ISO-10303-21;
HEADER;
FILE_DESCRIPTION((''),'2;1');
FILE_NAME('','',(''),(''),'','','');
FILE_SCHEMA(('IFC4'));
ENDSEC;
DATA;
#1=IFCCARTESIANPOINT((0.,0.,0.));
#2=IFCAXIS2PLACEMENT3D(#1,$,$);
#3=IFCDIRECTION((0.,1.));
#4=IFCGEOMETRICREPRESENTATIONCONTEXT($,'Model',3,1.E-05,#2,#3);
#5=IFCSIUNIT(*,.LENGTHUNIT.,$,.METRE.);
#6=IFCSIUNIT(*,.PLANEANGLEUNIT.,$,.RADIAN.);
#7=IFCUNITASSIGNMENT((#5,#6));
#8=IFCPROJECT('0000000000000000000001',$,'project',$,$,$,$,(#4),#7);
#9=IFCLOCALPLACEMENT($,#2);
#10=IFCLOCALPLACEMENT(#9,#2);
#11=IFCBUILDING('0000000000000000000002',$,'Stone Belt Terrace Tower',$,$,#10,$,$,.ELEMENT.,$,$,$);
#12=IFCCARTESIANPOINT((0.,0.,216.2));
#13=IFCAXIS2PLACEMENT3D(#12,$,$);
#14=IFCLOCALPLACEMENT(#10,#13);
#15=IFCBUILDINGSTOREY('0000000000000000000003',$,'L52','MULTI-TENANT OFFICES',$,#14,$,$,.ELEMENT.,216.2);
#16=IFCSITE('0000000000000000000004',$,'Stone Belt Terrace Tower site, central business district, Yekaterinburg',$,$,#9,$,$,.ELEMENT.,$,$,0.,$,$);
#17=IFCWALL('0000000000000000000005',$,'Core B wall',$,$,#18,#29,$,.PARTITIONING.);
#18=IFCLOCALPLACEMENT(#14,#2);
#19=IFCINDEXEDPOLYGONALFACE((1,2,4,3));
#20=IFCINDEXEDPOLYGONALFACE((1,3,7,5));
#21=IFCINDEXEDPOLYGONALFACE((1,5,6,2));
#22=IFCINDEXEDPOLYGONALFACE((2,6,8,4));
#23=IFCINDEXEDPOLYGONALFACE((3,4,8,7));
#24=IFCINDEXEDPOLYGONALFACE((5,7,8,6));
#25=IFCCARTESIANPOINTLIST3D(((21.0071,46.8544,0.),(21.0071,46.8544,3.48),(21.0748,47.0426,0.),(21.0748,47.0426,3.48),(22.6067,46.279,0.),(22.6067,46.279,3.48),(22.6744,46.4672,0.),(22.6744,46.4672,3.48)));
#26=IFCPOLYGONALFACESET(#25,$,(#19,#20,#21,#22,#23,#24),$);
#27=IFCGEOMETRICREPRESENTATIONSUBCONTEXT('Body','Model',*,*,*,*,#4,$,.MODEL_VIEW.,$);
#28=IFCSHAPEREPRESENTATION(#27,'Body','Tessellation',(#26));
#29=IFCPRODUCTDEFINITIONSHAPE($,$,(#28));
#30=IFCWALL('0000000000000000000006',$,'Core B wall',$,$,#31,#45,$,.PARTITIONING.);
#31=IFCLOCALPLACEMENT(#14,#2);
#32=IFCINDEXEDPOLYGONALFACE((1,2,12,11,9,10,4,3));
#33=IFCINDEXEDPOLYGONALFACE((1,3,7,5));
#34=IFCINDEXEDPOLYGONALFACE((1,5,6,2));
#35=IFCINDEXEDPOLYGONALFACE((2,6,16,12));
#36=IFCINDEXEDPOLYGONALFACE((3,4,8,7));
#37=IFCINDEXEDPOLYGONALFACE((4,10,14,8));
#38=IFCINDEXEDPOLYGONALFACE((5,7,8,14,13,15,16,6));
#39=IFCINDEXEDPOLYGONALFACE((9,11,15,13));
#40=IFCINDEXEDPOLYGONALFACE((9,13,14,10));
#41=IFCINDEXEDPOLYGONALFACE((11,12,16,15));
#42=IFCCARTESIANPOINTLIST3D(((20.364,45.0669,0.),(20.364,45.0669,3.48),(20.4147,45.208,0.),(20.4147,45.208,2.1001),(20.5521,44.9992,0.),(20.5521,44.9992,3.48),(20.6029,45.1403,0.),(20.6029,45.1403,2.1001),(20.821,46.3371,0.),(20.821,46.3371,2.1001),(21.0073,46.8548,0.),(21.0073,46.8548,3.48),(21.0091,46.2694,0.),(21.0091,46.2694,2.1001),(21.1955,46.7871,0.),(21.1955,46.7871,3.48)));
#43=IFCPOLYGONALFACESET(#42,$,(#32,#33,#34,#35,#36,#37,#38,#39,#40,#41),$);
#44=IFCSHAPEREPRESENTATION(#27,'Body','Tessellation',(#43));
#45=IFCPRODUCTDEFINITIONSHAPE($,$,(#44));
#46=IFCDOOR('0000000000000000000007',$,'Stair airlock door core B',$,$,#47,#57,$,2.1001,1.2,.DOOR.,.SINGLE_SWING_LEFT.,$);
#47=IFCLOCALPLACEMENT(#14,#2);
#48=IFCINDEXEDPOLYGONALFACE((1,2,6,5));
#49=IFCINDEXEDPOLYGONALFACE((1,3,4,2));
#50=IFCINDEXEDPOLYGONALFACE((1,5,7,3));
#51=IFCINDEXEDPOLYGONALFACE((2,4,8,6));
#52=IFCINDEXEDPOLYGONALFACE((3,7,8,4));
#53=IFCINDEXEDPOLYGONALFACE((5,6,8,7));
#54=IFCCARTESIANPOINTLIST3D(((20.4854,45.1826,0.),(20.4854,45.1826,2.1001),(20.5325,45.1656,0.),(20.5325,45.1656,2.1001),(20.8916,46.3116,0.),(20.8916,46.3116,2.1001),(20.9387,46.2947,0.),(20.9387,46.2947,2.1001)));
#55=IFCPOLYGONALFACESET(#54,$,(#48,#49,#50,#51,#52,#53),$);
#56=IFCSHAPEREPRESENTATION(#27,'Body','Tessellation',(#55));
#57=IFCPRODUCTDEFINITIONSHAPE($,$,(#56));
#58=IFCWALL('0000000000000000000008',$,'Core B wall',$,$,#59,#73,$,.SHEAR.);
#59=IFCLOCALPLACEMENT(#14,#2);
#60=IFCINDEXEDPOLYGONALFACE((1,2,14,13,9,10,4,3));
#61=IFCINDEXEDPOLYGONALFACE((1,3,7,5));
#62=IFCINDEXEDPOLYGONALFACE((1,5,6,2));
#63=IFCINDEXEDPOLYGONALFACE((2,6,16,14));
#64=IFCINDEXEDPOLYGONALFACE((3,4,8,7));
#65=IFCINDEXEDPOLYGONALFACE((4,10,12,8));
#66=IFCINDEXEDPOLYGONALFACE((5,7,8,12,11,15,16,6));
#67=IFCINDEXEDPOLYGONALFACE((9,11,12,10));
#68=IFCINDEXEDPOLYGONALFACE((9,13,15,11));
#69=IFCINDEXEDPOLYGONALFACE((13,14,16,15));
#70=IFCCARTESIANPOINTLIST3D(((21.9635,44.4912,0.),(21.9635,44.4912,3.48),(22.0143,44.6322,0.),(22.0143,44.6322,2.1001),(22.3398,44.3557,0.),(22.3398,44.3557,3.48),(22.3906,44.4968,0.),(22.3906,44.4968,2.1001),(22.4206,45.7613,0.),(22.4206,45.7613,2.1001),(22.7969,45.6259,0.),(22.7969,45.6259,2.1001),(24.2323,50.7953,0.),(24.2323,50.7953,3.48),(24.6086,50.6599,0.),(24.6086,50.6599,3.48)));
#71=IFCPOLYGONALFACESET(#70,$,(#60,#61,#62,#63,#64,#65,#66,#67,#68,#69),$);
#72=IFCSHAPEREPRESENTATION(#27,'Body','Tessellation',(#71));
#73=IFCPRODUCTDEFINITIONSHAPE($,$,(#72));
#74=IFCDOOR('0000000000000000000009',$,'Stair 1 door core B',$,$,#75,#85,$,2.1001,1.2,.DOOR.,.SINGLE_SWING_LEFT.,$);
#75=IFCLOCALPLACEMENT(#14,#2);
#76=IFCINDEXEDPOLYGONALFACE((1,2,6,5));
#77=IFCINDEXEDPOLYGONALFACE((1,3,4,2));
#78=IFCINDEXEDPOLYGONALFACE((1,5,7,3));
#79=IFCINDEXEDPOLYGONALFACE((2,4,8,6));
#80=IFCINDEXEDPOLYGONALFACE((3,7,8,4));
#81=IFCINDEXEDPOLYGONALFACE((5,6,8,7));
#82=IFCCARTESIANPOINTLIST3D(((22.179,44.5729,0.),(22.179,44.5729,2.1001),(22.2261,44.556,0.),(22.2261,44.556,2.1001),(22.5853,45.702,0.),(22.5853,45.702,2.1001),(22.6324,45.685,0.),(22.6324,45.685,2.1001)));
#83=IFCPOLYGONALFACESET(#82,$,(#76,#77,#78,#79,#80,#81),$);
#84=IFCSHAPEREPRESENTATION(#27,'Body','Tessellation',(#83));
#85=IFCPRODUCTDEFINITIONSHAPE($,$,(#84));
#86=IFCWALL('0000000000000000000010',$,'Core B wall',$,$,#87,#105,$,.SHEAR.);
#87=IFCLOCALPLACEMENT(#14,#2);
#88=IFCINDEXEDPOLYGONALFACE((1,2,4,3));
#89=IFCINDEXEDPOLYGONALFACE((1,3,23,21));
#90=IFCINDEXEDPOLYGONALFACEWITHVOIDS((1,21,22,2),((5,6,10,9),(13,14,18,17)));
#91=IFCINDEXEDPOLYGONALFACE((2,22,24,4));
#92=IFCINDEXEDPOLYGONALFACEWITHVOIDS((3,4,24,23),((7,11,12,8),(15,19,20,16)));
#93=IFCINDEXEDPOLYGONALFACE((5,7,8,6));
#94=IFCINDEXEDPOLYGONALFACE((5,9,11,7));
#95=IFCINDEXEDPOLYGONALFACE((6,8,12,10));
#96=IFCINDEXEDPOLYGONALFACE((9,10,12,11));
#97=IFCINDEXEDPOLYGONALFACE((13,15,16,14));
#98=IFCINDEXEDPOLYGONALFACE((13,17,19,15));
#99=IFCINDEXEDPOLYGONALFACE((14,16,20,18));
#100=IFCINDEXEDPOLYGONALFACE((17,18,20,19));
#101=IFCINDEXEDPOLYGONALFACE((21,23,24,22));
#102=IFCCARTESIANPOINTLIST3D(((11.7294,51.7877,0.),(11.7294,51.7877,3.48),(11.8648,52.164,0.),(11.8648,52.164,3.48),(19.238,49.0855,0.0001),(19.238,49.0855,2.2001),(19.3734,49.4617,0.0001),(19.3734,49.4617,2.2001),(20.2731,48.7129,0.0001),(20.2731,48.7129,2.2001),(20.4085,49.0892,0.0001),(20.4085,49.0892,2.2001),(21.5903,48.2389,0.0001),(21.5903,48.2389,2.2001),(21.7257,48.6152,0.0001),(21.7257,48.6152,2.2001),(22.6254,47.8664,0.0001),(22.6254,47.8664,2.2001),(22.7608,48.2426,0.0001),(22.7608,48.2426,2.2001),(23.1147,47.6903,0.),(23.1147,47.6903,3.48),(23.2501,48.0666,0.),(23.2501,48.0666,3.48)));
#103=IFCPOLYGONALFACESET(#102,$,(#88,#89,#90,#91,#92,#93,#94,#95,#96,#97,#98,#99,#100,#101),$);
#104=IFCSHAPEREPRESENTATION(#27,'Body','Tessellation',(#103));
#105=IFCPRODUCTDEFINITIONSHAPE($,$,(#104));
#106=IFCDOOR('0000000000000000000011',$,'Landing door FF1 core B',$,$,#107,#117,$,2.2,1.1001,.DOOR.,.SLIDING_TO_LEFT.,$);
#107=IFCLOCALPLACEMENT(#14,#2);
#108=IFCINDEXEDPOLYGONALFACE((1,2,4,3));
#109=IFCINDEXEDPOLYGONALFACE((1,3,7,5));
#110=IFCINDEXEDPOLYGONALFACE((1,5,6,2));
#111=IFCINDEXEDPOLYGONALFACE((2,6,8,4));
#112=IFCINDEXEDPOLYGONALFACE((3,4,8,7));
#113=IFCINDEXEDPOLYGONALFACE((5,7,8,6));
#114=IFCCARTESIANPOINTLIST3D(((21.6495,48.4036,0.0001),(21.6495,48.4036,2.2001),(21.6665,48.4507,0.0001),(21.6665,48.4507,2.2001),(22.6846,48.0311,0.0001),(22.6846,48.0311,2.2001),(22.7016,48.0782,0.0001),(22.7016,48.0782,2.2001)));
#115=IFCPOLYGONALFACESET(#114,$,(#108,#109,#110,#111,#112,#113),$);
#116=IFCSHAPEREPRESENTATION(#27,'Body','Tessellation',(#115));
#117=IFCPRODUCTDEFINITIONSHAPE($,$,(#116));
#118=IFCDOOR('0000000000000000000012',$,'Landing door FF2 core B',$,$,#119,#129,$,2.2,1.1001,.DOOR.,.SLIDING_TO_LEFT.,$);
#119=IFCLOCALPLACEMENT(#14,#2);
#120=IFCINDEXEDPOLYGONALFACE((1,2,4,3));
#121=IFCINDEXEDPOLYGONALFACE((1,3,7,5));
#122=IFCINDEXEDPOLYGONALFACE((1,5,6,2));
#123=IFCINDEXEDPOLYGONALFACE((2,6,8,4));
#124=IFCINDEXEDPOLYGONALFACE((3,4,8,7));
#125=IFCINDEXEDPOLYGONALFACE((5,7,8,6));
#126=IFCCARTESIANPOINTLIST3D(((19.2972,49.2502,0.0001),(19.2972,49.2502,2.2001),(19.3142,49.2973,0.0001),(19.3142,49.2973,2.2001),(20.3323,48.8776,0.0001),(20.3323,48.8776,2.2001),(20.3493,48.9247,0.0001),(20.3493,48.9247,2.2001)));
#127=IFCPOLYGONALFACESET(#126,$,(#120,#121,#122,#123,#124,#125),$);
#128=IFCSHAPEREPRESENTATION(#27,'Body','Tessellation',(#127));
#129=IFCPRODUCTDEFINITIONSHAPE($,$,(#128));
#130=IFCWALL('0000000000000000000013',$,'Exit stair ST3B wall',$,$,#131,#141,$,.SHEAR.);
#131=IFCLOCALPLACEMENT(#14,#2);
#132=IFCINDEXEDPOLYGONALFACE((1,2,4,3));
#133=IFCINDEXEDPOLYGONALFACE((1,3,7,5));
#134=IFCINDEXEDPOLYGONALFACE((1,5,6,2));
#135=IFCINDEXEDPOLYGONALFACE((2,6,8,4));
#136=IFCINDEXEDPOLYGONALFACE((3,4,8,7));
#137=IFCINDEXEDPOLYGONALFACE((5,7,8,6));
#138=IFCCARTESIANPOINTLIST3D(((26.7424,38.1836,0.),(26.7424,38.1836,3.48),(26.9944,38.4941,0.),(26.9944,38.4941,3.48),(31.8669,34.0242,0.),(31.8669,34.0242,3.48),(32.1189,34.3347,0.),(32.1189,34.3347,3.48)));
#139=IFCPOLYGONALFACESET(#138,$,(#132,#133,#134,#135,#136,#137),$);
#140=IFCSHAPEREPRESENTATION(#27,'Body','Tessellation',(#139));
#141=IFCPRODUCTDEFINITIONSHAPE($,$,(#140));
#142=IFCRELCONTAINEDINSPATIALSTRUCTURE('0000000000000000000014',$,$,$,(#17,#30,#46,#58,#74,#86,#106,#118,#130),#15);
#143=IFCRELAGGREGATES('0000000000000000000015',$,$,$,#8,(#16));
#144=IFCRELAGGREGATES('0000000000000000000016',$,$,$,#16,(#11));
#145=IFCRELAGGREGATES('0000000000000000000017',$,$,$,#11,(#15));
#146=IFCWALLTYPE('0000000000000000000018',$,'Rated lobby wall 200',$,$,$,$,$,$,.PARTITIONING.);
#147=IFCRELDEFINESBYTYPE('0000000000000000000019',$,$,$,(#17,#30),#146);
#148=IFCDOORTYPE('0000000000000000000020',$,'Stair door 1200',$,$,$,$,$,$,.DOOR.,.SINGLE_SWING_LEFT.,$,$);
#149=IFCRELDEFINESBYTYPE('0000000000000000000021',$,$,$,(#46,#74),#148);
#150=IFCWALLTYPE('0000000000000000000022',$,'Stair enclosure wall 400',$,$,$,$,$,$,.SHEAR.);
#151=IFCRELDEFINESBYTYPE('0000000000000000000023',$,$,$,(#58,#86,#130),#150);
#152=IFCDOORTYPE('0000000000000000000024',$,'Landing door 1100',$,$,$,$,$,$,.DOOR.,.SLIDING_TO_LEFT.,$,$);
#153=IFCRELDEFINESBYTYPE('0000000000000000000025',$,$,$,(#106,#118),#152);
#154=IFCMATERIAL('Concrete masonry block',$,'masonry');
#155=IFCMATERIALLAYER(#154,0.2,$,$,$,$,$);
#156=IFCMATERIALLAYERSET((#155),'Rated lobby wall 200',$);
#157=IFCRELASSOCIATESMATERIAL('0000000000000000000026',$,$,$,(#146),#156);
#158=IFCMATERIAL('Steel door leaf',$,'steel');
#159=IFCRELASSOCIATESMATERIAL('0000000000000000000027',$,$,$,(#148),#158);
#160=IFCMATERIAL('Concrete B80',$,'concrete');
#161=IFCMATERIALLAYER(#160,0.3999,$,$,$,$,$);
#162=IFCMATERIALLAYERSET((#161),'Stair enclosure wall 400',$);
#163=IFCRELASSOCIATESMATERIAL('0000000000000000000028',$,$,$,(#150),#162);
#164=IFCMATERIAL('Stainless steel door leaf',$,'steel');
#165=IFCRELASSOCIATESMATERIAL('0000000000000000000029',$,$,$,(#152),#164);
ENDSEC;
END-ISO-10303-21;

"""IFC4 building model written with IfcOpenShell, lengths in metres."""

from ifc_helpers import new_model, si_unit, direction, frame, frame_2d, origin, place, context, subcontext, project, spatial, rectangle, extrude, material, layer, layer_set, type_object, element, fill, save


model = new_model("IFC4")

# Units and contexts
model_context = context("Model", 3, precision=1e-05, world=origin(), true_north=direction((0.0, 1.0)))
body_context = subcontext(model_context, "Body", "Model", "MODEL_VIEW")
ifc_project = project(units=[si_unit("LENGTHUNIT", "METRE"), si_unit("PLANEANGLEUNIT", "RADIAN")], contexts=[model_context])

# Site, building, storey
site_placement = place(None, origin())
site = spatial("IfcSite", under=ifc_project, at=site_placement, Name="Stone Belt Terrace Tower site, central business district, Yekaterinburg", CompositionType="ELEMENT", RefElevation=0.0)
building_placement = place(site_placement, origin())
building = spatial("IfcBuilding", under=site, at=building_placement, Name="Stone Belt Terrace Tower", CompositionType="ELEMENT")
storey_placement = place(building_placement, frame((0.0, 0.0, 216.2)))
storey = spatial("IfcBuildingStorey", under=building, at=storey_placement, Name="L52", Description="MULTI-TENANT OFFICES", CompositionType="ELEMENT", Elevation=216.2)

# Shared definitions
ifc_material_1 = material(Name="Concrete B80", Category="concrete")

# Wall
ifc_material_2 = material(Name="Concrete masonry block", Category="masonry")
ifc_layer_1 = layer(ifc_material_2, 0.2)
ifc_layer_set_1 = layer_set([ifc_layer_1], Name="Rated lobby wall 200")
wall_type_1 = type_object("IfcWallType", Name="Rated lobby wall 200", PredefinedType="PARTITIONING", material=ifc_layer_set_1)
wall_1_placement = place(storey_placement, frame((22.6406, 46.373, 0.0), z_axis=(0.0, 0.0, 1.0), x_axis=(-0.940966, 0.338501, 0.0)))
element("IfcWall", 1, at=wall_1_placement, inside=storey, type_object=wall_type_1, Name="Core B wall", PredefinedType="PARTITIONING", context=body_context, shape_type="SweptSolid", body=[
    extrude(rectangle(XDim=1.7, YDim=0.2, at=frame_2d((0.8501, 0.0))), origin(), (0.0, 0.0, 1.0), 3.48),
])

# Walls, openings, doors
wall_2_placement = place(storey_placement, frame((20.458, 45.033, 0.0), z_axis=(0.0, 0.0, 1.0), x_axis=(0.338574, 0.94094, 0.0)))
wall_2 = element("IfcWall", 2, at=wall_2_placement, inside=storey, type_object=wall_type_1, Name="Core B wall", PredefinedType="PARTITIONING", context=body_context, shape_type="SweptSolid", body=[
    extrude(rectangle(XDim=1.9001, YDim=0.2, at=frame_2d((0.9502, 0.0))), origin(), (0.0, 0.0, 1.0), 3.48),
])
opening_1_placement = place(wall_2_placement, frame((0.1499, 0.0, 0.0)))
opening_1 = element("IfcOpeningElement", 3, at=opening_1_placement, cuts=wall_2, PredefinedType="OPENING", context=body_context, shape_type="SweptSolid", body=[
    extrude(rectangle(XDim=1.2, YDim=2.1001, at=frame_2d((0.6001, 1.05))), frame((0.0, 0.1099, 0.0), z_axis=(0.0, -1.0, 0.0), x_axis=(1.0, 0.0, 0.0)), (0.0, 0.0, 1.0), 0.22),
])
ifc_material_3 = material(Name="Steel door leaf", Category="steel")
door_type_1 = type_object("IfcDoorType", Name="Stair door 1200", OperationType="SINGLE_SWING_LEFT", PredefinedType="DOOR", material=ifc_material_3)
door_1_placement = place(opening_1_placement, origin())
door_1 = element("IfcDoor", 4, at=door_1_placement, inside=storey, type_object=door_type_1, Name="Stair airlock door core B", OperationType="SINGLE_SWING_LEFT", OverallHeight=2.1001, OverallWidth=1.2, PredefinedType="DOOR", context=body_context, shape_type="SweptSolid", body=[
    extrude(rectangle(XDim=1.2, YDim=2.1001, at=frame_2d((0.6001, 1.05))), frame((0.0, 0.0249, 0.0), z_axis=(0.0, -1.0, 0.0), x_axis=(1.0, 0.0, 0.0)), (0.0, 0.0, 1.0), 0.05),
])
fill(opening_1, door_1)
ifc_layer_2 = layer(ifc_material_1, 0.3999)
ifc_layer_set_2 = layer_set([ifc_layer_2], Name="Stair enclosure wall 400")
wall_type_2 = type_object("IfcWallType", Name="Stair enclosure wall 400", PredefinedType="SHEAR", material=ifc_layer_set_2)
wall_3_placement = place(storey_placement, frame((22.1516, 44.4233, 0.0), z_axis=(0.0, 0.0, 1.0), x_axis=(0.338625, 0.940921, 0.0)))
wall_3 = element("IfcWall", 5, at=wall_3_placement, inside=storey, type_object=wall_type_2, Name="Core B wall", PredefinedType="SHEAR", context=body_context, shape_type="SweptSolid", body=[
    extrude(rectangle(XDim=6.7, YDim=0.3999, at=frame_2d((3.3501, 0.0))), origin(), (0.0, 0.0, 1.0), 3.48),
])
opening_2_placement = place(wall_3_placement, frame((0.1499, 0.0, 0.0)))
opening_2 = element("IfcOpeningElement", 6, at=opening_2_placement, cuts=wall_3, PredefinedType="OPENING", context=body_context, shape_type="SweptSolid", body=[
    extrude(rectangle(XDim=1.2, YDim=2.1001, at=frame_2d((0.6001, 1.05))), frame((0.0, 0.21, 0.0), z_axis=(0.0, -1.0, 0.0), x_axis=(1.0, 0.0, 0.0)), (0.0, 0.0, 1.0), 0.4199),
])
door_2_placement = place(opening_2_placement, origin())
door_2 = element("IfcDoor", 7, at=door_2_placement, inside=storey, type_object=door_type_1, Name="Stair 1 door core B", OperationType="SINGLE_SWING_LEFT", OverallHeight=2.1001, OverallWidth=1.2, PredefinedType="DOOR", context=body_context, shape_type="SweptSolid", body=[
    extrude(rectangle(XDim=1.2, YDim=2.1001, at=frame_2d((0.6001, 1.05))), frame((0.0, 0.0249, 0.0), z_axis=(0.0, -1.0, 0.0), x_axis=(1.0, 0.0, 0.0)), (0.0, 0.0, 1.0), 0.05),
])
fill(opening_2, door_2)

# Wall, openings, doors
wall_4_placement = place(storey_placement, frame((23.1824, 47.8784, 0.0), z_axis=(0.0, 0.0, 1.0), x_axis=(-0.940921, 0.338626, 0.0)))
wall_4 = element("IfcWall", 8, at=wall_4_placement, inside=storey, type_object=wall_type_2, Name="Core B wall", PredefinedType="SHEAR", context=body_context, shape_type="SweptSolid", body=[
    extrude(rectangle(XDim=12.1001, YDim=0.3999, at=frame_2d((6.05, 0.0))), origin(), (0.0, 0.0, 1.0), 3.48),
])
opening_3_placement = place(wall_4_placement, frame((0.52, 0.0, 0.0)))
opening_3 = element("IfcOpeningElement", 9, at=opening_3_placement, cuts=wall_4, PredefinedType="OPENING", context=body_context, shape_type="SweptSolid", body=[
    extrude(rectangle(XDim=1.1001, YDim=2.2, at=frame_2d((0.55, 1.1001))), frame((0.0, 0.21, 0.0), z_axis=(0.0, -1.0, 0.0), x_axis=(1.0, 0.0, 0.0)), (0.0, 0.0, 1.0), 0.4199),
])
opening_4_placement = place(wall_4_placement, frame((3.02, 0.0, 0.0)))
opening_4 = element("IfcOpeningElement", 10, at=opening_4_placement, cuts=wall_4, PredefinedType="OPENING", context=body_context, shape_type="SweptSolid", body=[
    extrude(rectangle(XDim=1.1001, YDim=2.2, at=frame_2d((0.55, 1.1001))), frame((0.0, 0.21, 0.0), z_axis=(0.0, -1.0, 0.0), x_axis=(1.0, 0.0, 0.0)), (0.0, 0.0, 1.0), 0.4199),
])
ifc_material_4 = material(Name="Stainless steel door leaf", Category="steel")
door_type_2 = type_object("IfcDoorType", Name="Landing door 1100", OperationType="SLIDING_TO_LEFT", PredefinedType="DOOR", material=ifc_material_4)
door_3_placement = place(opening_3_placement, origin())
door_3 = element("IfcDoor", 11, at=door_3_placement, inside=storey, type_object=door_type_2, Name="Landing door FF1 core B", OperationType="SLIDING_TO_LEFT", OverallHeight=2.2, OverallWidth=1.1001, PredefinedType="DOOR", context=body_context, shape_type="SweptSolid", body=[
    extrude(rectangle(XDim=1.1001, YDim=2.2, at=frame_2d((0.55, 1.1001))), frame((0.0, 0.0249, 0.0), z_axis=(0.0, -1.0, 0.0), x_axis=(1.0, 0.0, 0.0)), (0.0, 0.0, 1.0), 0.05),
])
fill(opening_3, door_3)
door_4_placement = place(opening_4_placement, origin())
door_4 = element("IfcDoor", 12, at=door_4_placement, inside=storey, type_object=door_type_2, Name="Landing door FF2 core B", OperationType="SLIDING_TO_LEFT", OverallHeight=2.2, OverallWidth=1.1001, PredefinedType="DOOR", context=body_context, shape_type="SweptSolid", body=[
    extrude(rectangle(XDim=1.1001, YDim=2.2, at=frame_2d((0.55, 1.1001))), frame((0.0, 0.0249, 0.0), z_axis=(0.0, -1.0, 0.0), x_axis=(1.0, 0.0, 0.0)), (0.0, 0.0, 1.0), 0.05),
])
fill(opening_4, door_4)

# Wall
wall_5_placement = place(storey_placement, frame((26.8684, 38.3389, 0.0), z_axis=(0.0, 0.0, 1.0), x_axis=(0.776428, -0.630205, 0.0)))
element("IfcWall", 13, at=wall_5_placement, inside=storey, type_object=wall_type_2, Name="Exit stair ST3B wall", PredefinedType="SHEAR", context=body_context, shape_type="SweptSolid", body=[
    extrude(rectangle(XDim=6.6001, YDim=0.3999, at=frame_2d((3.3, 0.0))), origin(), (0.0, 0.0, 1.0), 3.48),
])

save(model, "model.ifc")
